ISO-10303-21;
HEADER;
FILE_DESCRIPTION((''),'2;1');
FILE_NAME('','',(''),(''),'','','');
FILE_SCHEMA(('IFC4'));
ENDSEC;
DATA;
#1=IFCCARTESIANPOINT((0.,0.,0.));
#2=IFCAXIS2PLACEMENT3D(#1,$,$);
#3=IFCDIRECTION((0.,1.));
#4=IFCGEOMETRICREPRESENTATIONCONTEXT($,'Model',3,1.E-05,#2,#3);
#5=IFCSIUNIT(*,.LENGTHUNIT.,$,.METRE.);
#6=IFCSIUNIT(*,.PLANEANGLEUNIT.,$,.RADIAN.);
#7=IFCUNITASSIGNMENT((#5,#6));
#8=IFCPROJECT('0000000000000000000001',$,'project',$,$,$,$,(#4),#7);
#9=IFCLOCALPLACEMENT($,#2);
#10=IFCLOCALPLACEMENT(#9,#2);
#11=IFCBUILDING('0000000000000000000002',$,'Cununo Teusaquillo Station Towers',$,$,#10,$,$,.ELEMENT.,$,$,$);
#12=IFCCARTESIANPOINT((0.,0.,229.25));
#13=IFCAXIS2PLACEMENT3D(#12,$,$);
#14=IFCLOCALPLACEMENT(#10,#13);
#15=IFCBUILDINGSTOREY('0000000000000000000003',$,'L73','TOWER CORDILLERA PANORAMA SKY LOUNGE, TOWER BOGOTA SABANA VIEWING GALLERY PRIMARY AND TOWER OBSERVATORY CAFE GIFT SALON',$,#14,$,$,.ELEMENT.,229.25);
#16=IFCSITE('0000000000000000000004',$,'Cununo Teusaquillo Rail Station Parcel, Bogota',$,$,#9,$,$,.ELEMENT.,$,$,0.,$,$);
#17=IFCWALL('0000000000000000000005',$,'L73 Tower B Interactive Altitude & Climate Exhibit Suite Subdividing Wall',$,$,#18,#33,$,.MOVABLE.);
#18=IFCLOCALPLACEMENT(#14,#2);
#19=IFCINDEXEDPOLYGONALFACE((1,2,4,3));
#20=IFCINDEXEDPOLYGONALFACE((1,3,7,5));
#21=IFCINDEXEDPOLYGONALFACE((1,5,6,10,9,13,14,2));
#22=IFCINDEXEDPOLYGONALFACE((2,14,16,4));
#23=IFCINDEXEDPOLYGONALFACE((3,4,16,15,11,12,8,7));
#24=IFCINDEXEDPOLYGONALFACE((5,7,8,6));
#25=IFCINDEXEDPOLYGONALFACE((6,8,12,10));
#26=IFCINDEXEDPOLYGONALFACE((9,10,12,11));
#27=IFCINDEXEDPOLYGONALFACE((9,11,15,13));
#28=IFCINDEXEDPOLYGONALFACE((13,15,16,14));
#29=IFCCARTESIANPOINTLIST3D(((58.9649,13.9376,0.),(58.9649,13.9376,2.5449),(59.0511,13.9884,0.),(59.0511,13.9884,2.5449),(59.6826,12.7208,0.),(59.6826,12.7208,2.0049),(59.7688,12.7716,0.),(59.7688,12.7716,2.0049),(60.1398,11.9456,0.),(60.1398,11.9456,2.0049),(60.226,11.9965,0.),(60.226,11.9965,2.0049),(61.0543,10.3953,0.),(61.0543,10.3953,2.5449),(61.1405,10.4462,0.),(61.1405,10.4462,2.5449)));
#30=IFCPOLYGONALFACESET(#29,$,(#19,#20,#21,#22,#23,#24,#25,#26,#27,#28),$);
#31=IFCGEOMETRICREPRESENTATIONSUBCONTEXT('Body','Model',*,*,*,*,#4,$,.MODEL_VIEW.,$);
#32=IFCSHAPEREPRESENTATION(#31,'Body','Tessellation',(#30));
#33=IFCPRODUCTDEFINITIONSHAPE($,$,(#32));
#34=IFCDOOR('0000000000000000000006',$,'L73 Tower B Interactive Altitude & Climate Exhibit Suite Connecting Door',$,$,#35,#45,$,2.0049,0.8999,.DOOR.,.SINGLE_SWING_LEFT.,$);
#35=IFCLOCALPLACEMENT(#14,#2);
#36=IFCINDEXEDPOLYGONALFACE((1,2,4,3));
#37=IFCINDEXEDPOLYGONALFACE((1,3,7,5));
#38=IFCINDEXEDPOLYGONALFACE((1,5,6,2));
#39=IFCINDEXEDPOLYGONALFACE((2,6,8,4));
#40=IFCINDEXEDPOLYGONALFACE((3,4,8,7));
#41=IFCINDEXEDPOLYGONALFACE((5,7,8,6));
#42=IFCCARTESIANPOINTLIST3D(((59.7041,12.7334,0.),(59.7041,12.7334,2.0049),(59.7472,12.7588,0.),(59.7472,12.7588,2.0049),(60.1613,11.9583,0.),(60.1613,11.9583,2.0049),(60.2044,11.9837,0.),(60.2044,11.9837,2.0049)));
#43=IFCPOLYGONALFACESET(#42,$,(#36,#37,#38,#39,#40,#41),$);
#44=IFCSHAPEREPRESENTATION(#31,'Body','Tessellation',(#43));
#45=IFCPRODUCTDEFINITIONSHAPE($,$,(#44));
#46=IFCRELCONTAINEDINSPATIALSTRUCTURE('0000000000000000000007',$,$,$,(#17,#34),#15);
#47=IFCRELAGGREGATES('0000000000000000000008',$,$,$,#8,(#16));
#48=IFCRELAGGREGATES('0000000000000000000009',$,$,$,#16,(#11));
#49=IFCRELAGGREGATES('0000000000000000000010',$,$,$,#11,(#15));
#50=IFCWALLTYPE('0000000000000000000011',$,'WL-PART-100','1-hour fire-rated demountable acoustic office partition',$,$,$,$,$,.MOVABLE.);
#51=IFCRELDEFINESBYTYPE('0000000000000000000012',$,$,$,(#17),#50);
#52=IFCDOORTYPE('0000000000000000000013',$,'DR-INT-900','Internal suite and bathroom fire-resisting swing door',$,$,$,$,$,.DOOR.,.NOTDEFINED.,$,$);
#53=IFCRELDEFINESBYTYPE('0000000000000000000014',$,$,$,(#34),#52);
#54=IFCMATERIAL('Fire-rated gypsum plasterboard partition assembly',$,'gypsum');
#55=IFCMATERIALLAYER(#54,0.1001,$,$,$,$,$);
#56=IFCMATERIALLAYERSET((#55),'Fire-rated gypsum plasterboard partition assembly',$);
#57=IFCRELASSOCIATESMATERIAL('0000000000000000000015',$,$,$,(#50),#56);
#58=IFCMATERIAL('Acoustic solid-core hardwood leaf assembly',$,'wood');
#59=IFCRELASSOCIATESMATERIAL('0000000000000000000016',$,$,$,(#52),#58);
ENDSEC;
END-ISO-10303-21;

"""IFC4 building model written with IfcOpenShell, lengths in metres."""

from ifc_helpers import new_model, si_unit, direction, frame, frame_2d, origin, place, context, subcontext, project, spatial, rectangle, extrude, source, transform, mapped, material, layer, layer_set, type_object, element, fill, save


model = new_model("IFC4")

# Units and contexts
model_context = context("Model", 3, precision=1e-05, world=origin(), true_north=direction((0.0, 1.0)))
body_context = subcontext(model_context, "Body", "Model", "MODEL_VIEW")
ifc_project = project(units=[si_unit("LENGTHUNIT", "METRE"), si_unit("PLANEANGLEUNIT", "RADIAN")], contexts=[model_context])

# Site, building, storey
site_placement = place(None, origin())
site = spatial("IfcSite", under=ifc_project, at=site_placement, Name="Cununo Teusaquillo Rail Station Parcel, Bogota", CompositionType="ELEMENT", RefElevation=0.0)
building_placement = place(site_placement, origin())
building = spatial("IfcBuilding", under=site, at=building_placement, Name="Cununo Teusaquillo Station Towers", CompositionType="ELEMENT")
storey_placement = place(building_placement, frame((0.0, 0.0, 229.25)))
storey = spatial("IfcBuildingStorey", under=building, at=storey_placement, Name="L73", Description="TOWER CORDILLERA PANORAMA SKY LOUNGE, TOWER BOGOTA SABANA VIEWING GALLERY PRIMARY AND TOWER OBSERVATORY CAFE GIFT SALON", CompositionType="ELEMENT", Elevation=229.25)

# Shared definitions
ifc_material_1 = material(Name="Fire-rated gypsum plasterboard partition assembly", Category="gypsum")
ifc_layer_1 = layer(ifc_material_1, 0.1001)
ifc_layer_set_1 = layer_set([ifc_layer_1], Name="Fire-rated gypsum plasterboard partition assembly")
wall_type_1 = type_object("IfcWallType", Name="WL-PART-100", Description="1-hour fire-rated demountable acoustic office partition", PredefinedType="MOVABLE", material=ifc_layer_set_1)

# Wall, opening, door
wall_1_placement = place(storey_placement, frame((59.0081, 13.9629, 0.0), z_axis=(0.0, 0.0, 1.0), x_axis=(0.508047, -0.861329, 0.0)))
wall_1 = element("IfcWall", 1, at=wall_1_placement, inside=storey, type_object=wall_type_1, Name="L73 Tower B Interactive Altitude & Climate Exhibit Suite Subdividing Wall", PredefinedType="MOVABLE", context=body_context, shape_type="SweptSolid", body=[
    extrude(rectangle(XDim=4.1125, YDim=0.1001, at=frame_2d((2.0562, 0.0))), origin(), (0.0, 0.0, 1.0), 2.5449),
])
shared_shape_1 = source(origin(), body_context, "Body", "SweptSolid", [
    extrude(rectangle(XDim=0.8999, YDim=2.0049, at=frame_2d((0.45, 1.0024))), frame((0.0, 0.0601, 0.0), z_axis=(0.0, -1.0, 0.0), x_axis=(1.0, 0.0, 0.0)), (0.0, 0.0, 1.0), 0.1201),
])
opening_1_placement = place(wall_1_placement, frame((1.4126, 0.0, 0.0)))
opening_1 = element("IfcOpeningElement", 2, at=opening_1_placement, cuts=wall_1, PredefinedType="OPENING", context=body_context, shape_type="MappedRepresentation", body=[
    mapped(shared_shape_1, transform((0.0, 0.0, 0.0), x_axis=(1.0, 0.0, 0.0), y_axis=(0.0, 1.0, 0.0), z_axis=(0.0, 0.0, 1.0), scale=1.0)),
])
ifc_material_2 = material(Name="Acoustic solid-core hardwood leaf assembly", Category="wood")
door_type_1 = type_object("IfcDoorType", Name="DR-INT-900", Description="Internal suite and bathroom fire-resisting swing door", OperationType="NOTDEFINED", PredefinedType="DOOR", material=ifc_material_2)
shared_shape_2 = source(origin(), body_context, "Body", "SweptSolid", [
    extrude(rectangle(XDim=0.8999, YDim=2.0049, at=frame_2d((0.45, 1.0024))), frame((0.0, 0.0249, 0.0), z_axis=(0.0, -1.0, 0.0), x_axis=(1.0, 0.0, 0.0)), (0.0, 0.0, 1.0), 0.05),
])
door_1_placement = place(opening_1_placement, origin())
door_1 = element("IfcDoor", 3, at=door_1_placement, inside=storey, type_object=door_type_1, Name="L73 Tower B Interactive Altitude & Climate Exhibit Suite Connecting Door", OperationType="SINGLE_SWING_LEFT", OverallHeight=2.0049, OverallWidth=0.8999, PredefinedType="DOOR", context=body_context, shape_type="MappedRepresentation", body=[
    mapped(shared_shape_2, transform((0.0, 0.0, 0.0), x_axis=(1.0, 0.0, 0.0), y_axis=(0.0, 1.0, 0.0), z_axis=(0.0, 0.0, 1.0), scale=1.0)),
])
fill(opening_1, door_1)

save(model, "model.ifc")
